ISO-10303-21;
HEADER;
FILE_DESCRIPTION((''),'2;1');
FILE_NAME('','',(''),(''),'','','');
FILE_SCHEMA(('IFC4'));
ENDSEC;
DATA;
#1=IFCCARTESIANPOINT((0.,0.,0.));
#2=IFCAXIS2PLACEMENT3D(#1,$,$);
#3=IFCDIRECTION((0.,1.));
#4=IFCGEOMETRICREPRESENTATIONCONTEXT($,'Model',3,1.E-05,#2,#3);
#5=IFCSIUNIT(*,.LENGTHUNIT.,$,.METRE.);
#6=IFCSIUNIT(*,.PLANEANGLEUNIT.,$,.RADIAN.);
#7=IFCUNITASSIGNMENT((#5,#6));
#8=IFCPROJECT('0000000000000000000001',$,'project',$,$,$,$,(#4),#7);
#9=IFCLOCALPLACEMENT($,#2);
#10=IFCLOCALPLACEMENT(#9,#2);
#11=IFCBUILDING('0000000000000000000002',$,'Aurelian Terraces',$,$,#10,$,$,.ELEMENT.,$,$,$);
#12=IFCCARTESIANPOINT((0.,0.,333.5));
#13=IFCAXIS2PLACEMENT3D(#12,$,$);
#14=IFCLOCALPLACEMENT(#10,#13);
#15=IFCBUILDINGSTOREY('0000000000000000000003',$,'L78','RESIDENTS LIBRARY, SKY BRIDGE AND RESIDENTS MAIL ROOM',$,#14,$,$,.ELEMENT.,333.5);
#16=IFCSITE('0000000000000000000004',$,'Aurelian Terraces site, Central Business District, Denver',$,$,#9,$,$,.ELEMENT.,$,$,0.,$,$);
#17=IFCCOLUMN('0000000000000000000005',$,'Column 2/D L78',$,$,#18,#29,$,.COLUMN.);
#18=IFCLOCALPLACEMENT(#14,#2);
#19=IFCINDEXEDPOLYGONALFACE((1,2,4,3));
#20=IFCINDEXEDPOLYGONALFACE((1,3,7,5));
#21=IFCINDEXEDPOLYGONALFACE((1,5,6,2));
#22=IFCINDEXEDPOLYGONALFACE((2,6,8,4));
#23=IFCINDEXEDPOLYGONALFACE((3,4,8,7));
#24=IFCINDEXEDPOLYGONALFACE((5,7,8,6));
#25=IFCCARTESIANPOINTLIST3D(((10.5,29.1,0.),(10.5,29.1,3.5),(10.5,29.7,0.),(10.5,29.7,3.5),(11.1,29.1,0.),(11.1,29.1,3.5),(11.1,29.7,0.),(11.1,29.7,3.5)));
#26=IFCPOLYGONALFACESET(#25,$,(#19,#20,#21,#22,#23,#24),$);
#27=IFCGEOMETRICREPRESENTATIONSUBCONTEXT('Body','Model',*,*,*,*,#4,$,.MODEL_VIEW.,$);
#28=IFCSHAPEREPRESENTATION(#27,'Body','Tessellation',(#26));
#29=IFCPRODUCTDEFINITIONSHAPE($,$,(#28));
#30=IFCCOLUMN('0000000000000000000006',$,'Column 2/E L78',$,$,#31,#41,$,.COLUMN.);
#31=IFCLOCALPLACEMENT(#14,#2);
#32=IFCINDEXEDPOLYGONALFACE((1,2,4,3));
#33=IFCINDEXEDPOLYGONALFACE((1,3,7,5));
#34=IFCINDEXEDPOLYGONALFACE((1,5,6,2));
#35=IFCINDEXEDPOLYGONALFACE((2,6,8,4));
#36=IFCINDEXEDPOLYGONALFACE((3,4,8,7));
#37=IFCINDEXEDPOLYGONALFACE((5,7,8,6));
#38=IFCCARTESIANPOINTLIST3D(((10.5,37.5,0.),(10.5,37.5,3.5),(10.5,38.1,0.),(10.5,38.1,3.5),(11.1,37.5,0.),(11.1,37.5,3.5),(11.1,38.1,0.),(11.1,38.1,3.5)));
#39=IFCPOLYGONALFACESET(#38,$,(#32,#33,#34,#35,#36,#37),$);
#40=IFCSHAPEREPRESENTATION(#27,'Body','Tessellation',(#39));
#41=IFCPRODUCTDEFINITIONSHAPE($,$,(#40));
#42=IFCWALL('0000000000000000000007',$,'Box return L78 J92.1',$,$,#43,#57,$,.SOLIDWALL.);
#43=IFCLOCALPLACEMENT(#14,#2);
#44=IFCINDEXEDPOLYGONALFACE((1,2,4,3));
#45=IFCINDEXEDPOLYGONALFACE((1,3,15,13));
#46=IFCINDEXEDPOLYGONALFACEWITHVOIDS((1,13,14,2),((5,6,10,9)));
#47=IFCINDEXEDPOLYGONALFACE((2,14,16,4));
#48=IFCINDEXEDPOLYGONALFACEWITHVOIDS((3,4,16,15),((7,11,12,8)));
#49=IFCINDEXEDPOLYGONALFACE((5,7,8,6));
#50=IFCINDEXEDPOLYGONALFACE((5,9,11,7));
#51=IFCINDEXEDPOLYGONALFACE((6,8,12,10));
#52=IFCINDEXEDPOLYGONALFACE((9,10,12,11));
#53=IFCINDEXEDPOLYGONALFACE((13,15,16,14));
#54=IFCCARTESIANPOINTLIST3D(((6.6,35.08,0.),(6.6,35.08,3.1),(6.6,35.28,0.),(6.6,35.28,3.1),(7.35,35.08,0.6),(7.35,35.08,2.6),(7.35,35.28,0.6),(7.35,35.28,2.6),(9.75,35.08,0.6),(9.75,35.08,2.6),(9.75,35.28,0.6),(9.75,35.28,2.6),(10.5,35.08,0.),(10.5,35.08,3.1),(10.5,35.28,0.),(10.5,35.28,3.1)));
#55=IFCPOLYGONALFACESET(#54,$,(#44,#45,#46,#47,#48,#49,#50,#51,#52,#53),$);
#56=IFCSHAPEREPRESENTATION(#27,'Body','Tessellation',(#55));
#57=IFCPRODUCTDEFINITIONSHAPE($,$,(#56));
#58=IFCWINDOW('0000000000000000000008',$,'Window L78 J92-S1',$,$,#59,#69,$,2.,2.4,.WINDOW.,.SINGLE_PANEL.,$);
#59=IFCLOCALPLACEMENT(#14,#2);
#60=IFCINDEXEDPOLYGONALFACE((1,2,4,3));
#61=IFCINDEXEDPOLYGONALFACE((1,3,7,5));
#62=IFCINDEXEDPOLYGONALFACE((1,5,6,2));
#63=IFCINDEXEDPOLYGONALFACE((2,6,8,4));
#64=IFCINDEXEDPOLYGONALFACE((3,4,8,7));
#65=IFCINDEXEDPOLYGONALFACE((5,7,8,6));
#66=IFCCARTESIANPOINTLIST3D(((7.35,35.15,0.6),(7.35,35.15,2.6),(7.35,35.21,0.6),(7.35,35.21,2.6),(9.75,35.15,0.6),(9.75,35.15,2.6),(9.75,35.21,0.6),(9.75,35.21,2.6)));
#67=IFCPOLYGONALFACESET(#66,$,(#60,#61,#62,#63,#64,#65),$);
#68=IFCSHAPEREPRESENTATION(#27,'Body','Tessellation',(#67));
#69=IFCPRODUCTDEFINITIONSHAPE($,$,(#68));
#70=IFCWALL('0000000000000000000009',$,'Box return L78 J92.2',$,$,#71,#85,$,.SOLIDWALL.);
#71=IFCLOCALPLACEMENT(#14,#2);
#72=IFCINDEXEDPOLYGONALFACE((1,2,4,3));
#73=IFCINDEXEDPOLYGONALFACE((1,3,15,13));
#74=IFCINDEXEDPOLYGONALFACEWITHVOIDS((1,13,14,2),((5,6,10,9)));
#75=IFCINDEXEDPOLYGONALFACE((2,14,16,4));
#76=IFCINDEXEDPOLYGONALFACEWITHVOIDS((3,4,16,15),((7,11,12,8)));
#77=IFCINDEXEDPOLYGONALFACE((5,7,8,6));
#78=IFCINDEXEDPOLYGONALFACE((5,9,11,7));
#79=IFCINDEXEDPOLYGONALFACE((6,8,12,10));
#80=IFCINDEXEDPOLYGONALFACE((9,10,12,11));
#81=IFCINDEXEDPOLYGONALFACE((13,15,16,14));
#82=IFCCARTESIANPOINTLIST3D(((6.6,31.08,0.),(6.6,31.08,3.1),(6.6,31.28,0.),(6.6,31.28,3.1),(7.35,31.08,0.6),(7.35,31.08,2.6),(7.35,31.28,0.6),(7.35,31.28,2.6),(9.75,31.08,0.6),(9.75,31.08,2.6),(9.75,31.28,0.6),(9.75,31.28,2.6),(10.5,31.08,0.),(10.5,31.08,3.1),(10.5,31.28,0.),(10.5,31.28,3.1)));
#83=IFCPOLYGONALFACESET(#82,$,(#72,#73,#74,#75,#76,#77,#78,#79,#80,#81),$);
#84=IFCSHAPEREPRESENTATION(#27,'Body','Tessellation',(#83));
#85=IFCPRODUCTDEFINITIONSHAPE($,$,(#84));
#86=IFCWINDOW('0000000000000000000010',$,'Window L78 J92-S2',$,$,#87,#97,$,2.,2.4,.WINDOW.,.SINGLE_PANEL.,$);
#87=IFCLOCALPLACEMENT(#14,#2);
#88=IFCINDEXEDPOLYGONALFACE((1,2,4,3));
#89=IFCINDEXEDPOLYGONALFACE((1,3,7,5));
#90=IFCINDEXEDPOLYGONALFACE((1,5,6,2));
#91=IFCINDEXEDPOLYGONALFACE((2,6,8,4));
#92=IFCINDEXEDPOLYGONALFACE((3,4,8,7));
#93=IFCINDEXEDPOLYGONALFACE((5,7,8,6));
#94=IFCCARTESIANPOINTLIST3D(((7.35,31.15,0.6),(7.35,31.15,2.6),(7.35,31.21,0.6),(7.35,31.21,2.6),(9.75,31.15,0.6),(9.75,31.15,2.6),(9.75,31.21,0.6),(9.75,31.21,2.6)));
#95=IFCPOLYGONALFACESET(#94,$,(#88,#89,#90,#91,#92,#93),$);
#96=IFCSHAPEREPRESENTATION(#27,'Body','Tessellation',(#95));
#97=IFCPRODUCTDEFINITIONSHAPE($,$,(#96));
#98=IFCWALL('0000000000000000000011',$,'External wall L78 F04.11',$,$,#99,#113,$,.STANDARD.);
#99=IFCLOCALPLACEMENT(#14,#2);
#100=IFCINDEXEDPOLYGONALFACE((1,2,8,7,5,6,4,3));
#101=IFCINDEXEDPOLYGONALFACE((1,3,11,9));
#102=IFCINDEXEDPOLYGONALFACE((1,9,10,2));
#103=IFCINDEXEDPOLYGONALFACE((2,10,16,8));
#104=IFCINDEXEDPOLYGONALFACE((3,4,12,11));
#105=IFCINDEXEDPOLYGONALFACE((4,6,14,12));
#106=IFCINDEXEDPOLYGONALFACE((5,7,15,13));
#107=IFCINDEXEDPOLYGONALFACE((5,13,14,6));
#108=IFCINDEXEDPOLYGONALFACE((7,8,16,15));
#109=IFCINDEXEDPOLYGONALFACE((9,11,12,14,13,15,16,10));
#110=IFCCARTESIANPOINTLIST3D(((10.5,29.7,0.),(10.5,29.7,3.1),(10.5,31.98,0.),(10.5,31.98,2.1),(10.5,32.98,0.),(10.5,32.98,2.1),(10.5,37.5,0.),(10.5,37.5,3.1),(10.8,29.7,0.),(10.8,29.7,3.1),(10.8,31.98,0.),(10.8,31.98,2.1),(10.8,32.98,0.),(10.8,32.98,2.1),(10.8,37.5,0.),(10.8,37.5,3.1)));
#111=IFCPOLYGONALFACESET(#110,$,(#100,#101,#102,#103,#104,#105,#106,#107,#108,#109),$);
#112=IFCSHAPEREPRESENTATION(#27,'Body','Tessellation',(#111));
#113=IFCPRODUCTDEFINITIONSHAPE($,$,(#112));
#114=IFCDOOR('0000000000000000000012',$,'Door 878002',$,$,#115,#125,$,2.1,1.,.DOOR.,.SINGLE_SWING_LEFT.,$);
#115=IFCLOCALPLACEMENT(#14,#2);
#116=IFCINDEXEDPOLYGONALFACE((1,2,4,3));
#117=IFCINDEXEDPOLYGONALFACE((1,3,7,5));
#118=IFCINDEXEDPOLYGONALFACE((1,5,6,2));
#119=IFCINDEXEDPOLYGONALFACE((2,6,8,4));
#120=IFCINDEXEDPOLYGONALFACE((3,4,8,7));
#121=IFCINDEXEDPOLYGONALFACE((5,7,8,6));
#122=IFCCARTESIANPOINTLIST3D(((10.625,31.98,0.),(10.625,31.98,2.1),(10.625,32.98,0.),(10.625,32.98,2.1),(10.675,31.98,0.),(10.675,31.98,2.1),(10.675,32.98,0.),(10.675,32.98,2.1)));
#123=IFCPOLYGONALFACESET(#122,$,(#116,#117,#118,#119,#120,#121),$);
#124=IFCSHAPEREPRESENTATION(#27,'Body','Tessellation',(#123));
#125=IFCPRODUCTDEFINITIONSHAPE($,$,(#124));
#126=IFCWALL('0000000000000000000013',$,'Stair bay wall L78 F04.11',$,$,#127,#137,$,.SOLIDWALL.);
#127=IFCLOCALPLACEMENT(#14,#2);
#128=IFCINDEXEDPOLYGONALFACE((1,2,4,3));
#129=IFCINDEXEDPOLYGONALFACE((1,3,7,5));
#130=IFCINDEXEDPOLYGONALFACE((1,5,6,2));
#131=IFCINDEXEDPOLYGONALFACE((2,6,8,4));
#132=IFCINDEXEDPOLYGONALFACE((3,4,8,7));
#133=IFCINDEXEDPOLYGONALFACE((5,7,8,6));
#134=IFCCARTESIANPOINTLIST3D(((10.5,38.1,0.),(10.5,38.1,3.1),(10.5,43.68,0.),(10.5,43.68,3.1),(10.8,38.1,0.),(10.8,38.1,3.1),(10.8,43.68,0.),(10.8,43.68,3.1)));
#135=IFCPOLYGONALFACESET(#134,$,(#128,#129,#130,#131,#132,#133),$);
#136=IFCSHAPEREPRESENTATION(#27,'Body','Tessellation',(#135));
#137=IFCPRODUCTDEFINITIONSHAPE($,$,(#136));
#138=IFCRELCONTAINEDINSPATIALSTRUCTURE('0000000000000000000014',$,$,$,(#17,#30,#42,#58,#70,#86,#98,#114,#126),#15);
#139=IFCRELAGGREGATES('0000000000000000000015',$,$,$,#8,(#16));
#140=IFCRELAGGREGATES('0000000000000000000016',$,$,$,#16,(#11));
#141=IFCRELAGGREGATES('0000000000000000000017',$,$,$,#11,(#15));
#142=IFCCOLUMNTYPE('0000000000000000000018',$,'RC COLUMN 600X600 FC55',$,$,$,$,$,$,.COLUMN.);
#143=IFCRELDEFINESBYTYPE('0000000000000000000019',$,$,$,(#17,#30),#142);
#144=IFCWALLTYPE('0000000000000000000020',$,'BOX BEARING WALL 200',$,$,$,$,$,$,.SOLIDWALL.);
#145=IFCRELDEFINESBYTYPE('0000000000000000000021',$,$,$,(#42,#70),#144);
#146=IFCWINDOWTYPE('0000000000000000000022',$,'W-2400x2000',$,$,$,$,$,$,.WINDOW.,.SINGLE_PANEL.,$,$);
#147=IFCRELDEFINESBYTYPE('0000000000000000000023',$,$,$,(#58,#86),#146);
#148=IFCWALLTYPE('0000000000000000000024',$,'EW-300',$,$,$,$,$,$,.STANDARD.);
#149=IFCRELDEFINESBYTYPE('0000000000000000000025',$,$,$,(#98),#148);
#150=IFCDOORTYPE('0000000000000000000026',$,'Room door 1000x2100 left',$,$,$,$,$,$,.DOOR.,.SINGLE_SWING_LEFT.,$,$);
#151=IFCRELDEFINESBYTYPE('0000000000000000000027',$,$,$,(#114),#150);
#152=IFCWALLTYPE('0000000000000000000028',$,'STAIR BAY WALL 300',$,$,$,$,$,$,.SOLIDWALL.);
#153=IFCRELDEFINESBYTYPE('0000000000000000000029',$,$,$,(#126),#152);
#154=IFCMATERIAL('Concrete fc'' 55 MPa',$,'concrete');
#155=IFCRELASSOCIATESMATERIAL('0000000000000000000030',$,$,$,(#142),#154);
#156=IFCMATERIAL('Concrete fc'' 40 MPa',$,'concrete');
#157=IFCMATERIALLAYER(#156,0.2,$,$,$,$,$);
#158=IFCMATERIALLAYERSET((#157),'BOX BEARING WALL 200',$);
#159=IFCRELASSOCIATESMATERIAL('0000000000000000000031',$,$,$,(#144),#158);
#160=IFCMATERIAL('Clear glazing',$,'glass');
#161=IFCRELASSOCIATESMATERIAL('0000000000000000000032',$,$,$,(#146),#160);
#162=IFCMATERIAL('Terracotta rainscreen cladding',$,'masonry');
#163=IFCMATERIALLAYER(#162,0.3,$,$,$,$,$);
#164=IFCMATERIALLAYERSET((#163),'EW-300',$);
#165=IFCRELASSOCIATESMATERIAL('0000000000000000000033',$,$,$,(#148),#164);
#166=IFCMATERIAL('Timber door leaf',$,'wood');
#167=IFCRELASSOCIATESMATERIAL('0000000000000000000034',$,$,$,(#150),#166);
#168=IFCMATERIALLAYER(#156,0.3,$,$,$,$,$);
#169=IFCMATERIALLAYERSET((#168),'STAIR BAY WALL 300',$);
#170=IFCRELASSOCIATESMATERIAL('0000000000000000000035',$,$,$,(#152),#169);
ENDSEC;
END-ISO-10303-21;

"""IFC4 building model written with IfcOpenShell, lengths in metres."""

from ifc_helpers import new_model, si_unit, direction, frame, frame_2d, origin, origin_2d, place, context, subcontext, project, spatial, rectangle, extrude, source, transform, mapped, material, layer, layer_set, material_profile, profile_set, type_object, element, fill, save


model = new_model("IFC4")

# Units and contexts
model_context = context("Model", 3, precision=1e-05, world=origin(), true_north=direction((0.0, 1.0)))
body_context = subcontext(model_context, "Body", "Model", "MODEL_VIEW")
ifc_project = project(units=[si_unit("LENGTHUNIT", "METRE"), si_unit("PLANEANGLEUNIT", "RADIAN")], contexts=[model_context])

# Site, building, storey
site_placement = place(None, origin())
site = spatial("IfcSite", under=ifc_project, at=site_placement, Name="Aurelian Terraces site, Central Business District, Denver", CompositionType="ELEMENT", RefElevation=0.0)
building_placement = place(site_placement, origin())
building = spatial("IfcBuilding", under=site, at=building_placement, Name="Aurelian Terraces", CompositionType="ELEMENT")
storey_placement = place(building_placement, frame((0.0, 0.0, 333.5)))
storey = spatial("IfcBuildingStorey", under=building, at=storey_placement, Name="L78", Description="RESIDENTS LIBRARY, SKY BRIDGE AND RESIDENTS MAIL ROOM", CompositionType="ELEMENT", Elevation=333.5)

# Columns
ifc_material_1 = material(Name="Concrete fc' 55 MPa", Category="concrete")
ifc_material_profile = material_profile(ifc_material_1, rectangle(XDim=0.6, YDim=0.6, at=origin_2d()))
ifc_profile_set = profile_set([ifc_material_profile], Name="Concrete fc' 55 MPa")
column_type = type_object("IfcColumnType", Name="RC COLUMN 600X600 FC55", PredefinedType="COLUMN", material=ifc_profile_set)
shared_shape_1 = source(origin(), body_context, "Body", "SweptSolid", [
    extrude(rectangle(XDim=0.6, YDim=0.6, at=origin_2d()), origin(), (0.0, 0.0, 1.0), 3.5),
])
for number, where, z_axis, x_axis, name in (
    (1, (10.8, 29.4, 0.0), (0.0, 0.0, 1.0), (1.0, 0.0, 0.0), "Column 2/D L78"),
    (2, (10.8, 37.8, 0.0), (0.0, 0.0, 1.0), (1.0, 0.0, 0.0), "Column 2/E L78"),
):
    element("IfcColumn", number, at=place(storey_placement, frame(where, z_axis=z_axis, x_axis=x_axis)), inside=storey, type_object=column_type, Name=name, PredefinedType="COLUMN", context=body_context, shape_type="MappedRepresentation", body=[
        mapped(shared_shape_1, transform((0.0, 0.0, 0.0), scale=1.0)),
    ])

# Walls, openings, windows
ifc_material_2 = material(Name="Concrete fc' 40 MPa", Category="concrete")
ifc_layer_1 = layer(ifc_material_2, 0.2)
ifc_layer_set_1 = layer_set([ifc_layer_1], Name="BOX BEARING WALL 200")
wall_type_1 = type_object("IfcWallType", Name="BOX BEARING WALL 200", PredefinedType="SOLIDWALL", material=ifc_layer_set_1)
shared_shape_2 = source(origin(), body_context, "Body", "SweptSolid", [
    extrude(rectangle(XDim=3.9, YDim=0.2, at=frame_2d((1.95, 0.0))), origin(), (0.0, 0.0, 1.0), 3.1),
])
wall_1_placement = place(storey_placement, frame((10.5, 35.18, 0.0), z_axis=(0.0, 0.0, 1.0), x_axis=(-1.0, 0.0, 0.0)))
wall_1 = element("IfcWall", 3, at=wall_1_placement, inside=storey, type_object=wall_type_1, Name="Box return L78 J92.1", PredefinedType="SOLIDWALL", context=body_context, shape_type="MappedRepresentation", body=[
    mapped(shared_shape_2, transform((0.0, 0.0, 0.0), scale=1.0)),
])
shared_shape_3 = source(origin(), body_context, "Body", "SweptSolid", [
    extrude(rectangle(XDim=2.4, YDim=2.0, at=frame_2d((1.2, 1.0))), frame((0.0, 0.11, 0.0), z_axis=(0.0, -1.0, 0.0), x_axis=(1.0, 0.0, 0.0)), (0.0, 0.0, 1.0), 0.22),
])
opening_1_placement = place(wall_1_placement, frame((0.75, 0.0, 0.6)))
opening_1 = element("IfcOpeningElement", 4, at=opening_1_placement, cuts=wall_1, PredefinedType="OPENING", context=body_context, shape_type="MappedRepresentation", body=[
    mapped(shared_shape_3, transform((0.0, 0.0, 0.0), scale=1.0)),
])
ifc_material_3 = material(Name="Clear glazing", Category="glass")
window_type_1 = type_object("IfcWindowType", Name="W-2400x2000", PartitioningType="SINGLE_PANEL", PredefinedType="WINDOW", material=ifc_material_3)
shared_shape_4 = source(origin(), body_context, "Body", "SweptSolid", [
    extrude(rectangle(XDim=2.4, YDim=2.0, at=frame_2d((1.2, 1.0))), frame((0.0, 0.03, 0.0), z_axis=(0.0, -1.0, 0.0), x_axis=(1.0, 0.0, 0.0)), (0.0, 0.0, 1.0), 0.06),
])
window_1_placement = place(opening_1_placement, origin())
window_1 = element("IfcWindow", 5, at=window_1_placement, inside=storey, type_object=window_type_1, Name="Window L78 J92-S1", OverallHeight=2.0, OverallWidth=2.4, PartitioningType="SINGLE_PANEL", PredefinedType="WINDOW", context=body_context, shape_type="MappedRepresentation", body=[
    mapped(shared_shape_4, transform((0.0, 0.0, 0.0), scale=1.0)),
])
fill(opening_1, window_1)
wall_2_placement = place(storey_placement, frame((10.5, 31.18, 0.0), z_axis=(0.0, 0.0, 1.0), x_axis=(-1.0, 0.0, 0.0)))
wall_2 = element("IfcWall", 6, at=wall_2_placement, inside=storey, type_object=wall_type_1, Name="Box return L78 J92.2", PredefinedType="SOLIDWALL", context=body_context, shape_type="MappedRepresentation", body=[
    mapped(shared_shape_2, transform((0.0, 0.0, 0.0), scale=1.0)),
])
opening_2_placement = place(wall_2_placement, frame((0.75, 0.0, 0.6)))
opening_2 = element("IfcOpeningElement", 7, at=opening_2_placement, cuts=wall_2, PredefinedType="OPENING", context=body_context, shape_type="MappedRepresentation", body=[
    mapped(shared_shape_3, transform((0.0, 0.0, 0.0), scale=1.0)),
])
window_2_placement = place(opening_2_placement, origin())
window_2 = element("IfcWindow", 8, at=window_2_placement, inside=storey, type_object=window_type_1, Name="Window L78 J92-S2", OverallHeight=2.0, OverallWidth=2.4, PartitioningType="SINGLE_PANEL", PredefinedType="WINDOW", context=body_context, shape_type="MappedRepresentation", body=[
    mapped(shared_shape_4, transform((0.0, 0.0, 0.0), scale=1.0)),
])
fill(opening_2, window_2)

# Wall, opening, door
ifc_material_4 = material(Name="Terracotta rainscreen cladding", Category="masonry")
ifc_layer_2 = layer(ifc_material_4, 0.3)
ifc_layer_set_2 = layer_set([ifc_layer_2], Name="EW-300")
wall_type_2 = type_object("IfcWallType", Name="EW-300", PredefinedType="STANDARD", material=ifc_layer_set_2)
shared_shape_5 = source(origin(), body_context, "Body", "SweptSolid", [
    extrude(rectangle(XDim=7.8, YDim=0.3, at=frame_2d((3.9, 0.0))), origin(), (0.0, 0.0, 1.0), 3.1),
])
wall_3_placement = place(storey_placement, frame((10.65, 37.5, 0.0), z_axis=(0.0, 0.0, 1.0), x_axis=(0.0, -1.0, 0.0)))
wall_3 = element("IfcWall", 9, at=wall_3_placement, inside=storey, type_object=wall_type_2, Name="External wall L78 F04.11", PredefinedType="STANDARD", context=body_context, shape_type="MappedRepresentation", body=[
    mapped(shared_shape_5, transform((0.0, 0.0, 0.0), scale=1.0)),
])
shared_shape_6 = source(origin(), body_context, "Body", "SweptSolid", [
    extrude(rectangle(XDim=1.0, YDim=2.1, at=frame_2d((0.5, 1.05))), frame((0.0, 0.16, 0.0), z_axis=(0.0, -1.0, 0.0), x_axis=(1.0, 0.0, 0.0)), (0.0, 0.0, 1.0), 0.32),
])
opening_3_placement = place(wall_3_placement, frame((4.52, 0.0, 0.0)))
opening_3 = element("IfcOpeningElement", 10, at=opening_3_placement, cuts=wall_3, PredefinedType="OPENING", context=body_context, shape_type="MappedRepresentation", body=[
    mapped(shared_shape_6, transform((0.0, 0.0, 0.0), scale=1.0)),
])
ifc_material_5 = material(Name="Timber door leaf", Category="wood")
door_type_1 = type_object("IfcDoorType", Name="Room door 1000x2100 left", OperationType="SINGLE_SWING_LEFT", PredefinedType="DOOR", material=ifc_material_5)
shared_shape_7 = source(origin(), body_context, "Body", "SweptSolid", [
    extrude(rectangle(XDim=1.0, YDim=2.1, at=frame_2d((0.5, 1.05))), frame((0.0, 0.025, 0.0), z_axis=(0.0, -1.0, 0.0), x_axis=(1.0, 0.0, 0.0)), (0.0, 0.0, 1.0), 0.05),
])
door_1_placement = place(opening_3_placement, origin())
door_1 = element("IfcDoor", 11, at=door_1_placement, inside=storey, type_object=door_type_1, Name="Door 878002", OperationType="SINGLE_SWING_LEFT", OverallHeight=2.1, OverallWidth=1.0, PredefinedType="DOOR", context=body_context, shape_type="MappedRepresentation", body=[
    mapped(shared_shape_7, transform((0.0, 0.0, 0.0), scale=1.0)),
])
fill(opening_3, door_1)

# Wall
ifc_layer_3 = layer(ifc_material_2, 0.3)
ifc_layer_set_3 = layer_set([ifc_layer_3], Name="STAIR BAY WALL 300")
wall_type_3 = type_object("IfcWallType", Name="STAIR BAY WALL 300", PredefinedType="SOLIDWALL", material=ifc_layer_set_3)
shared_shape_8 = source(origin(), body_context, "Body", "SweptSolid", [
    extrude(rectangle(XDim=5.58, YDim=0.3, at=frame_2d((2.79, 0.0))), origin(), (0.0, 0.0, 1.0), 3.1),
])
wall_4_placement = place(storey_placement, frame((10.65, 43.68, 0.0), z_axis=(0.0, 0.0, 1.0), x_axis=(0.0, -1.0, 0.0)))
element("IfcWall", 12, at=wall_4_placement, inside=storey, type_object=wall_type_3, Name="Stair bay wall L78 F04.11", PredefinedType="SOLIDWALL", context=body_context, shape_type="MappedRepresentation", body=[
    mapped(shared_shape_8, transform((0.0, 0.0, 0.0), scale=1.0)),
])

save(model, "model.ifc")
